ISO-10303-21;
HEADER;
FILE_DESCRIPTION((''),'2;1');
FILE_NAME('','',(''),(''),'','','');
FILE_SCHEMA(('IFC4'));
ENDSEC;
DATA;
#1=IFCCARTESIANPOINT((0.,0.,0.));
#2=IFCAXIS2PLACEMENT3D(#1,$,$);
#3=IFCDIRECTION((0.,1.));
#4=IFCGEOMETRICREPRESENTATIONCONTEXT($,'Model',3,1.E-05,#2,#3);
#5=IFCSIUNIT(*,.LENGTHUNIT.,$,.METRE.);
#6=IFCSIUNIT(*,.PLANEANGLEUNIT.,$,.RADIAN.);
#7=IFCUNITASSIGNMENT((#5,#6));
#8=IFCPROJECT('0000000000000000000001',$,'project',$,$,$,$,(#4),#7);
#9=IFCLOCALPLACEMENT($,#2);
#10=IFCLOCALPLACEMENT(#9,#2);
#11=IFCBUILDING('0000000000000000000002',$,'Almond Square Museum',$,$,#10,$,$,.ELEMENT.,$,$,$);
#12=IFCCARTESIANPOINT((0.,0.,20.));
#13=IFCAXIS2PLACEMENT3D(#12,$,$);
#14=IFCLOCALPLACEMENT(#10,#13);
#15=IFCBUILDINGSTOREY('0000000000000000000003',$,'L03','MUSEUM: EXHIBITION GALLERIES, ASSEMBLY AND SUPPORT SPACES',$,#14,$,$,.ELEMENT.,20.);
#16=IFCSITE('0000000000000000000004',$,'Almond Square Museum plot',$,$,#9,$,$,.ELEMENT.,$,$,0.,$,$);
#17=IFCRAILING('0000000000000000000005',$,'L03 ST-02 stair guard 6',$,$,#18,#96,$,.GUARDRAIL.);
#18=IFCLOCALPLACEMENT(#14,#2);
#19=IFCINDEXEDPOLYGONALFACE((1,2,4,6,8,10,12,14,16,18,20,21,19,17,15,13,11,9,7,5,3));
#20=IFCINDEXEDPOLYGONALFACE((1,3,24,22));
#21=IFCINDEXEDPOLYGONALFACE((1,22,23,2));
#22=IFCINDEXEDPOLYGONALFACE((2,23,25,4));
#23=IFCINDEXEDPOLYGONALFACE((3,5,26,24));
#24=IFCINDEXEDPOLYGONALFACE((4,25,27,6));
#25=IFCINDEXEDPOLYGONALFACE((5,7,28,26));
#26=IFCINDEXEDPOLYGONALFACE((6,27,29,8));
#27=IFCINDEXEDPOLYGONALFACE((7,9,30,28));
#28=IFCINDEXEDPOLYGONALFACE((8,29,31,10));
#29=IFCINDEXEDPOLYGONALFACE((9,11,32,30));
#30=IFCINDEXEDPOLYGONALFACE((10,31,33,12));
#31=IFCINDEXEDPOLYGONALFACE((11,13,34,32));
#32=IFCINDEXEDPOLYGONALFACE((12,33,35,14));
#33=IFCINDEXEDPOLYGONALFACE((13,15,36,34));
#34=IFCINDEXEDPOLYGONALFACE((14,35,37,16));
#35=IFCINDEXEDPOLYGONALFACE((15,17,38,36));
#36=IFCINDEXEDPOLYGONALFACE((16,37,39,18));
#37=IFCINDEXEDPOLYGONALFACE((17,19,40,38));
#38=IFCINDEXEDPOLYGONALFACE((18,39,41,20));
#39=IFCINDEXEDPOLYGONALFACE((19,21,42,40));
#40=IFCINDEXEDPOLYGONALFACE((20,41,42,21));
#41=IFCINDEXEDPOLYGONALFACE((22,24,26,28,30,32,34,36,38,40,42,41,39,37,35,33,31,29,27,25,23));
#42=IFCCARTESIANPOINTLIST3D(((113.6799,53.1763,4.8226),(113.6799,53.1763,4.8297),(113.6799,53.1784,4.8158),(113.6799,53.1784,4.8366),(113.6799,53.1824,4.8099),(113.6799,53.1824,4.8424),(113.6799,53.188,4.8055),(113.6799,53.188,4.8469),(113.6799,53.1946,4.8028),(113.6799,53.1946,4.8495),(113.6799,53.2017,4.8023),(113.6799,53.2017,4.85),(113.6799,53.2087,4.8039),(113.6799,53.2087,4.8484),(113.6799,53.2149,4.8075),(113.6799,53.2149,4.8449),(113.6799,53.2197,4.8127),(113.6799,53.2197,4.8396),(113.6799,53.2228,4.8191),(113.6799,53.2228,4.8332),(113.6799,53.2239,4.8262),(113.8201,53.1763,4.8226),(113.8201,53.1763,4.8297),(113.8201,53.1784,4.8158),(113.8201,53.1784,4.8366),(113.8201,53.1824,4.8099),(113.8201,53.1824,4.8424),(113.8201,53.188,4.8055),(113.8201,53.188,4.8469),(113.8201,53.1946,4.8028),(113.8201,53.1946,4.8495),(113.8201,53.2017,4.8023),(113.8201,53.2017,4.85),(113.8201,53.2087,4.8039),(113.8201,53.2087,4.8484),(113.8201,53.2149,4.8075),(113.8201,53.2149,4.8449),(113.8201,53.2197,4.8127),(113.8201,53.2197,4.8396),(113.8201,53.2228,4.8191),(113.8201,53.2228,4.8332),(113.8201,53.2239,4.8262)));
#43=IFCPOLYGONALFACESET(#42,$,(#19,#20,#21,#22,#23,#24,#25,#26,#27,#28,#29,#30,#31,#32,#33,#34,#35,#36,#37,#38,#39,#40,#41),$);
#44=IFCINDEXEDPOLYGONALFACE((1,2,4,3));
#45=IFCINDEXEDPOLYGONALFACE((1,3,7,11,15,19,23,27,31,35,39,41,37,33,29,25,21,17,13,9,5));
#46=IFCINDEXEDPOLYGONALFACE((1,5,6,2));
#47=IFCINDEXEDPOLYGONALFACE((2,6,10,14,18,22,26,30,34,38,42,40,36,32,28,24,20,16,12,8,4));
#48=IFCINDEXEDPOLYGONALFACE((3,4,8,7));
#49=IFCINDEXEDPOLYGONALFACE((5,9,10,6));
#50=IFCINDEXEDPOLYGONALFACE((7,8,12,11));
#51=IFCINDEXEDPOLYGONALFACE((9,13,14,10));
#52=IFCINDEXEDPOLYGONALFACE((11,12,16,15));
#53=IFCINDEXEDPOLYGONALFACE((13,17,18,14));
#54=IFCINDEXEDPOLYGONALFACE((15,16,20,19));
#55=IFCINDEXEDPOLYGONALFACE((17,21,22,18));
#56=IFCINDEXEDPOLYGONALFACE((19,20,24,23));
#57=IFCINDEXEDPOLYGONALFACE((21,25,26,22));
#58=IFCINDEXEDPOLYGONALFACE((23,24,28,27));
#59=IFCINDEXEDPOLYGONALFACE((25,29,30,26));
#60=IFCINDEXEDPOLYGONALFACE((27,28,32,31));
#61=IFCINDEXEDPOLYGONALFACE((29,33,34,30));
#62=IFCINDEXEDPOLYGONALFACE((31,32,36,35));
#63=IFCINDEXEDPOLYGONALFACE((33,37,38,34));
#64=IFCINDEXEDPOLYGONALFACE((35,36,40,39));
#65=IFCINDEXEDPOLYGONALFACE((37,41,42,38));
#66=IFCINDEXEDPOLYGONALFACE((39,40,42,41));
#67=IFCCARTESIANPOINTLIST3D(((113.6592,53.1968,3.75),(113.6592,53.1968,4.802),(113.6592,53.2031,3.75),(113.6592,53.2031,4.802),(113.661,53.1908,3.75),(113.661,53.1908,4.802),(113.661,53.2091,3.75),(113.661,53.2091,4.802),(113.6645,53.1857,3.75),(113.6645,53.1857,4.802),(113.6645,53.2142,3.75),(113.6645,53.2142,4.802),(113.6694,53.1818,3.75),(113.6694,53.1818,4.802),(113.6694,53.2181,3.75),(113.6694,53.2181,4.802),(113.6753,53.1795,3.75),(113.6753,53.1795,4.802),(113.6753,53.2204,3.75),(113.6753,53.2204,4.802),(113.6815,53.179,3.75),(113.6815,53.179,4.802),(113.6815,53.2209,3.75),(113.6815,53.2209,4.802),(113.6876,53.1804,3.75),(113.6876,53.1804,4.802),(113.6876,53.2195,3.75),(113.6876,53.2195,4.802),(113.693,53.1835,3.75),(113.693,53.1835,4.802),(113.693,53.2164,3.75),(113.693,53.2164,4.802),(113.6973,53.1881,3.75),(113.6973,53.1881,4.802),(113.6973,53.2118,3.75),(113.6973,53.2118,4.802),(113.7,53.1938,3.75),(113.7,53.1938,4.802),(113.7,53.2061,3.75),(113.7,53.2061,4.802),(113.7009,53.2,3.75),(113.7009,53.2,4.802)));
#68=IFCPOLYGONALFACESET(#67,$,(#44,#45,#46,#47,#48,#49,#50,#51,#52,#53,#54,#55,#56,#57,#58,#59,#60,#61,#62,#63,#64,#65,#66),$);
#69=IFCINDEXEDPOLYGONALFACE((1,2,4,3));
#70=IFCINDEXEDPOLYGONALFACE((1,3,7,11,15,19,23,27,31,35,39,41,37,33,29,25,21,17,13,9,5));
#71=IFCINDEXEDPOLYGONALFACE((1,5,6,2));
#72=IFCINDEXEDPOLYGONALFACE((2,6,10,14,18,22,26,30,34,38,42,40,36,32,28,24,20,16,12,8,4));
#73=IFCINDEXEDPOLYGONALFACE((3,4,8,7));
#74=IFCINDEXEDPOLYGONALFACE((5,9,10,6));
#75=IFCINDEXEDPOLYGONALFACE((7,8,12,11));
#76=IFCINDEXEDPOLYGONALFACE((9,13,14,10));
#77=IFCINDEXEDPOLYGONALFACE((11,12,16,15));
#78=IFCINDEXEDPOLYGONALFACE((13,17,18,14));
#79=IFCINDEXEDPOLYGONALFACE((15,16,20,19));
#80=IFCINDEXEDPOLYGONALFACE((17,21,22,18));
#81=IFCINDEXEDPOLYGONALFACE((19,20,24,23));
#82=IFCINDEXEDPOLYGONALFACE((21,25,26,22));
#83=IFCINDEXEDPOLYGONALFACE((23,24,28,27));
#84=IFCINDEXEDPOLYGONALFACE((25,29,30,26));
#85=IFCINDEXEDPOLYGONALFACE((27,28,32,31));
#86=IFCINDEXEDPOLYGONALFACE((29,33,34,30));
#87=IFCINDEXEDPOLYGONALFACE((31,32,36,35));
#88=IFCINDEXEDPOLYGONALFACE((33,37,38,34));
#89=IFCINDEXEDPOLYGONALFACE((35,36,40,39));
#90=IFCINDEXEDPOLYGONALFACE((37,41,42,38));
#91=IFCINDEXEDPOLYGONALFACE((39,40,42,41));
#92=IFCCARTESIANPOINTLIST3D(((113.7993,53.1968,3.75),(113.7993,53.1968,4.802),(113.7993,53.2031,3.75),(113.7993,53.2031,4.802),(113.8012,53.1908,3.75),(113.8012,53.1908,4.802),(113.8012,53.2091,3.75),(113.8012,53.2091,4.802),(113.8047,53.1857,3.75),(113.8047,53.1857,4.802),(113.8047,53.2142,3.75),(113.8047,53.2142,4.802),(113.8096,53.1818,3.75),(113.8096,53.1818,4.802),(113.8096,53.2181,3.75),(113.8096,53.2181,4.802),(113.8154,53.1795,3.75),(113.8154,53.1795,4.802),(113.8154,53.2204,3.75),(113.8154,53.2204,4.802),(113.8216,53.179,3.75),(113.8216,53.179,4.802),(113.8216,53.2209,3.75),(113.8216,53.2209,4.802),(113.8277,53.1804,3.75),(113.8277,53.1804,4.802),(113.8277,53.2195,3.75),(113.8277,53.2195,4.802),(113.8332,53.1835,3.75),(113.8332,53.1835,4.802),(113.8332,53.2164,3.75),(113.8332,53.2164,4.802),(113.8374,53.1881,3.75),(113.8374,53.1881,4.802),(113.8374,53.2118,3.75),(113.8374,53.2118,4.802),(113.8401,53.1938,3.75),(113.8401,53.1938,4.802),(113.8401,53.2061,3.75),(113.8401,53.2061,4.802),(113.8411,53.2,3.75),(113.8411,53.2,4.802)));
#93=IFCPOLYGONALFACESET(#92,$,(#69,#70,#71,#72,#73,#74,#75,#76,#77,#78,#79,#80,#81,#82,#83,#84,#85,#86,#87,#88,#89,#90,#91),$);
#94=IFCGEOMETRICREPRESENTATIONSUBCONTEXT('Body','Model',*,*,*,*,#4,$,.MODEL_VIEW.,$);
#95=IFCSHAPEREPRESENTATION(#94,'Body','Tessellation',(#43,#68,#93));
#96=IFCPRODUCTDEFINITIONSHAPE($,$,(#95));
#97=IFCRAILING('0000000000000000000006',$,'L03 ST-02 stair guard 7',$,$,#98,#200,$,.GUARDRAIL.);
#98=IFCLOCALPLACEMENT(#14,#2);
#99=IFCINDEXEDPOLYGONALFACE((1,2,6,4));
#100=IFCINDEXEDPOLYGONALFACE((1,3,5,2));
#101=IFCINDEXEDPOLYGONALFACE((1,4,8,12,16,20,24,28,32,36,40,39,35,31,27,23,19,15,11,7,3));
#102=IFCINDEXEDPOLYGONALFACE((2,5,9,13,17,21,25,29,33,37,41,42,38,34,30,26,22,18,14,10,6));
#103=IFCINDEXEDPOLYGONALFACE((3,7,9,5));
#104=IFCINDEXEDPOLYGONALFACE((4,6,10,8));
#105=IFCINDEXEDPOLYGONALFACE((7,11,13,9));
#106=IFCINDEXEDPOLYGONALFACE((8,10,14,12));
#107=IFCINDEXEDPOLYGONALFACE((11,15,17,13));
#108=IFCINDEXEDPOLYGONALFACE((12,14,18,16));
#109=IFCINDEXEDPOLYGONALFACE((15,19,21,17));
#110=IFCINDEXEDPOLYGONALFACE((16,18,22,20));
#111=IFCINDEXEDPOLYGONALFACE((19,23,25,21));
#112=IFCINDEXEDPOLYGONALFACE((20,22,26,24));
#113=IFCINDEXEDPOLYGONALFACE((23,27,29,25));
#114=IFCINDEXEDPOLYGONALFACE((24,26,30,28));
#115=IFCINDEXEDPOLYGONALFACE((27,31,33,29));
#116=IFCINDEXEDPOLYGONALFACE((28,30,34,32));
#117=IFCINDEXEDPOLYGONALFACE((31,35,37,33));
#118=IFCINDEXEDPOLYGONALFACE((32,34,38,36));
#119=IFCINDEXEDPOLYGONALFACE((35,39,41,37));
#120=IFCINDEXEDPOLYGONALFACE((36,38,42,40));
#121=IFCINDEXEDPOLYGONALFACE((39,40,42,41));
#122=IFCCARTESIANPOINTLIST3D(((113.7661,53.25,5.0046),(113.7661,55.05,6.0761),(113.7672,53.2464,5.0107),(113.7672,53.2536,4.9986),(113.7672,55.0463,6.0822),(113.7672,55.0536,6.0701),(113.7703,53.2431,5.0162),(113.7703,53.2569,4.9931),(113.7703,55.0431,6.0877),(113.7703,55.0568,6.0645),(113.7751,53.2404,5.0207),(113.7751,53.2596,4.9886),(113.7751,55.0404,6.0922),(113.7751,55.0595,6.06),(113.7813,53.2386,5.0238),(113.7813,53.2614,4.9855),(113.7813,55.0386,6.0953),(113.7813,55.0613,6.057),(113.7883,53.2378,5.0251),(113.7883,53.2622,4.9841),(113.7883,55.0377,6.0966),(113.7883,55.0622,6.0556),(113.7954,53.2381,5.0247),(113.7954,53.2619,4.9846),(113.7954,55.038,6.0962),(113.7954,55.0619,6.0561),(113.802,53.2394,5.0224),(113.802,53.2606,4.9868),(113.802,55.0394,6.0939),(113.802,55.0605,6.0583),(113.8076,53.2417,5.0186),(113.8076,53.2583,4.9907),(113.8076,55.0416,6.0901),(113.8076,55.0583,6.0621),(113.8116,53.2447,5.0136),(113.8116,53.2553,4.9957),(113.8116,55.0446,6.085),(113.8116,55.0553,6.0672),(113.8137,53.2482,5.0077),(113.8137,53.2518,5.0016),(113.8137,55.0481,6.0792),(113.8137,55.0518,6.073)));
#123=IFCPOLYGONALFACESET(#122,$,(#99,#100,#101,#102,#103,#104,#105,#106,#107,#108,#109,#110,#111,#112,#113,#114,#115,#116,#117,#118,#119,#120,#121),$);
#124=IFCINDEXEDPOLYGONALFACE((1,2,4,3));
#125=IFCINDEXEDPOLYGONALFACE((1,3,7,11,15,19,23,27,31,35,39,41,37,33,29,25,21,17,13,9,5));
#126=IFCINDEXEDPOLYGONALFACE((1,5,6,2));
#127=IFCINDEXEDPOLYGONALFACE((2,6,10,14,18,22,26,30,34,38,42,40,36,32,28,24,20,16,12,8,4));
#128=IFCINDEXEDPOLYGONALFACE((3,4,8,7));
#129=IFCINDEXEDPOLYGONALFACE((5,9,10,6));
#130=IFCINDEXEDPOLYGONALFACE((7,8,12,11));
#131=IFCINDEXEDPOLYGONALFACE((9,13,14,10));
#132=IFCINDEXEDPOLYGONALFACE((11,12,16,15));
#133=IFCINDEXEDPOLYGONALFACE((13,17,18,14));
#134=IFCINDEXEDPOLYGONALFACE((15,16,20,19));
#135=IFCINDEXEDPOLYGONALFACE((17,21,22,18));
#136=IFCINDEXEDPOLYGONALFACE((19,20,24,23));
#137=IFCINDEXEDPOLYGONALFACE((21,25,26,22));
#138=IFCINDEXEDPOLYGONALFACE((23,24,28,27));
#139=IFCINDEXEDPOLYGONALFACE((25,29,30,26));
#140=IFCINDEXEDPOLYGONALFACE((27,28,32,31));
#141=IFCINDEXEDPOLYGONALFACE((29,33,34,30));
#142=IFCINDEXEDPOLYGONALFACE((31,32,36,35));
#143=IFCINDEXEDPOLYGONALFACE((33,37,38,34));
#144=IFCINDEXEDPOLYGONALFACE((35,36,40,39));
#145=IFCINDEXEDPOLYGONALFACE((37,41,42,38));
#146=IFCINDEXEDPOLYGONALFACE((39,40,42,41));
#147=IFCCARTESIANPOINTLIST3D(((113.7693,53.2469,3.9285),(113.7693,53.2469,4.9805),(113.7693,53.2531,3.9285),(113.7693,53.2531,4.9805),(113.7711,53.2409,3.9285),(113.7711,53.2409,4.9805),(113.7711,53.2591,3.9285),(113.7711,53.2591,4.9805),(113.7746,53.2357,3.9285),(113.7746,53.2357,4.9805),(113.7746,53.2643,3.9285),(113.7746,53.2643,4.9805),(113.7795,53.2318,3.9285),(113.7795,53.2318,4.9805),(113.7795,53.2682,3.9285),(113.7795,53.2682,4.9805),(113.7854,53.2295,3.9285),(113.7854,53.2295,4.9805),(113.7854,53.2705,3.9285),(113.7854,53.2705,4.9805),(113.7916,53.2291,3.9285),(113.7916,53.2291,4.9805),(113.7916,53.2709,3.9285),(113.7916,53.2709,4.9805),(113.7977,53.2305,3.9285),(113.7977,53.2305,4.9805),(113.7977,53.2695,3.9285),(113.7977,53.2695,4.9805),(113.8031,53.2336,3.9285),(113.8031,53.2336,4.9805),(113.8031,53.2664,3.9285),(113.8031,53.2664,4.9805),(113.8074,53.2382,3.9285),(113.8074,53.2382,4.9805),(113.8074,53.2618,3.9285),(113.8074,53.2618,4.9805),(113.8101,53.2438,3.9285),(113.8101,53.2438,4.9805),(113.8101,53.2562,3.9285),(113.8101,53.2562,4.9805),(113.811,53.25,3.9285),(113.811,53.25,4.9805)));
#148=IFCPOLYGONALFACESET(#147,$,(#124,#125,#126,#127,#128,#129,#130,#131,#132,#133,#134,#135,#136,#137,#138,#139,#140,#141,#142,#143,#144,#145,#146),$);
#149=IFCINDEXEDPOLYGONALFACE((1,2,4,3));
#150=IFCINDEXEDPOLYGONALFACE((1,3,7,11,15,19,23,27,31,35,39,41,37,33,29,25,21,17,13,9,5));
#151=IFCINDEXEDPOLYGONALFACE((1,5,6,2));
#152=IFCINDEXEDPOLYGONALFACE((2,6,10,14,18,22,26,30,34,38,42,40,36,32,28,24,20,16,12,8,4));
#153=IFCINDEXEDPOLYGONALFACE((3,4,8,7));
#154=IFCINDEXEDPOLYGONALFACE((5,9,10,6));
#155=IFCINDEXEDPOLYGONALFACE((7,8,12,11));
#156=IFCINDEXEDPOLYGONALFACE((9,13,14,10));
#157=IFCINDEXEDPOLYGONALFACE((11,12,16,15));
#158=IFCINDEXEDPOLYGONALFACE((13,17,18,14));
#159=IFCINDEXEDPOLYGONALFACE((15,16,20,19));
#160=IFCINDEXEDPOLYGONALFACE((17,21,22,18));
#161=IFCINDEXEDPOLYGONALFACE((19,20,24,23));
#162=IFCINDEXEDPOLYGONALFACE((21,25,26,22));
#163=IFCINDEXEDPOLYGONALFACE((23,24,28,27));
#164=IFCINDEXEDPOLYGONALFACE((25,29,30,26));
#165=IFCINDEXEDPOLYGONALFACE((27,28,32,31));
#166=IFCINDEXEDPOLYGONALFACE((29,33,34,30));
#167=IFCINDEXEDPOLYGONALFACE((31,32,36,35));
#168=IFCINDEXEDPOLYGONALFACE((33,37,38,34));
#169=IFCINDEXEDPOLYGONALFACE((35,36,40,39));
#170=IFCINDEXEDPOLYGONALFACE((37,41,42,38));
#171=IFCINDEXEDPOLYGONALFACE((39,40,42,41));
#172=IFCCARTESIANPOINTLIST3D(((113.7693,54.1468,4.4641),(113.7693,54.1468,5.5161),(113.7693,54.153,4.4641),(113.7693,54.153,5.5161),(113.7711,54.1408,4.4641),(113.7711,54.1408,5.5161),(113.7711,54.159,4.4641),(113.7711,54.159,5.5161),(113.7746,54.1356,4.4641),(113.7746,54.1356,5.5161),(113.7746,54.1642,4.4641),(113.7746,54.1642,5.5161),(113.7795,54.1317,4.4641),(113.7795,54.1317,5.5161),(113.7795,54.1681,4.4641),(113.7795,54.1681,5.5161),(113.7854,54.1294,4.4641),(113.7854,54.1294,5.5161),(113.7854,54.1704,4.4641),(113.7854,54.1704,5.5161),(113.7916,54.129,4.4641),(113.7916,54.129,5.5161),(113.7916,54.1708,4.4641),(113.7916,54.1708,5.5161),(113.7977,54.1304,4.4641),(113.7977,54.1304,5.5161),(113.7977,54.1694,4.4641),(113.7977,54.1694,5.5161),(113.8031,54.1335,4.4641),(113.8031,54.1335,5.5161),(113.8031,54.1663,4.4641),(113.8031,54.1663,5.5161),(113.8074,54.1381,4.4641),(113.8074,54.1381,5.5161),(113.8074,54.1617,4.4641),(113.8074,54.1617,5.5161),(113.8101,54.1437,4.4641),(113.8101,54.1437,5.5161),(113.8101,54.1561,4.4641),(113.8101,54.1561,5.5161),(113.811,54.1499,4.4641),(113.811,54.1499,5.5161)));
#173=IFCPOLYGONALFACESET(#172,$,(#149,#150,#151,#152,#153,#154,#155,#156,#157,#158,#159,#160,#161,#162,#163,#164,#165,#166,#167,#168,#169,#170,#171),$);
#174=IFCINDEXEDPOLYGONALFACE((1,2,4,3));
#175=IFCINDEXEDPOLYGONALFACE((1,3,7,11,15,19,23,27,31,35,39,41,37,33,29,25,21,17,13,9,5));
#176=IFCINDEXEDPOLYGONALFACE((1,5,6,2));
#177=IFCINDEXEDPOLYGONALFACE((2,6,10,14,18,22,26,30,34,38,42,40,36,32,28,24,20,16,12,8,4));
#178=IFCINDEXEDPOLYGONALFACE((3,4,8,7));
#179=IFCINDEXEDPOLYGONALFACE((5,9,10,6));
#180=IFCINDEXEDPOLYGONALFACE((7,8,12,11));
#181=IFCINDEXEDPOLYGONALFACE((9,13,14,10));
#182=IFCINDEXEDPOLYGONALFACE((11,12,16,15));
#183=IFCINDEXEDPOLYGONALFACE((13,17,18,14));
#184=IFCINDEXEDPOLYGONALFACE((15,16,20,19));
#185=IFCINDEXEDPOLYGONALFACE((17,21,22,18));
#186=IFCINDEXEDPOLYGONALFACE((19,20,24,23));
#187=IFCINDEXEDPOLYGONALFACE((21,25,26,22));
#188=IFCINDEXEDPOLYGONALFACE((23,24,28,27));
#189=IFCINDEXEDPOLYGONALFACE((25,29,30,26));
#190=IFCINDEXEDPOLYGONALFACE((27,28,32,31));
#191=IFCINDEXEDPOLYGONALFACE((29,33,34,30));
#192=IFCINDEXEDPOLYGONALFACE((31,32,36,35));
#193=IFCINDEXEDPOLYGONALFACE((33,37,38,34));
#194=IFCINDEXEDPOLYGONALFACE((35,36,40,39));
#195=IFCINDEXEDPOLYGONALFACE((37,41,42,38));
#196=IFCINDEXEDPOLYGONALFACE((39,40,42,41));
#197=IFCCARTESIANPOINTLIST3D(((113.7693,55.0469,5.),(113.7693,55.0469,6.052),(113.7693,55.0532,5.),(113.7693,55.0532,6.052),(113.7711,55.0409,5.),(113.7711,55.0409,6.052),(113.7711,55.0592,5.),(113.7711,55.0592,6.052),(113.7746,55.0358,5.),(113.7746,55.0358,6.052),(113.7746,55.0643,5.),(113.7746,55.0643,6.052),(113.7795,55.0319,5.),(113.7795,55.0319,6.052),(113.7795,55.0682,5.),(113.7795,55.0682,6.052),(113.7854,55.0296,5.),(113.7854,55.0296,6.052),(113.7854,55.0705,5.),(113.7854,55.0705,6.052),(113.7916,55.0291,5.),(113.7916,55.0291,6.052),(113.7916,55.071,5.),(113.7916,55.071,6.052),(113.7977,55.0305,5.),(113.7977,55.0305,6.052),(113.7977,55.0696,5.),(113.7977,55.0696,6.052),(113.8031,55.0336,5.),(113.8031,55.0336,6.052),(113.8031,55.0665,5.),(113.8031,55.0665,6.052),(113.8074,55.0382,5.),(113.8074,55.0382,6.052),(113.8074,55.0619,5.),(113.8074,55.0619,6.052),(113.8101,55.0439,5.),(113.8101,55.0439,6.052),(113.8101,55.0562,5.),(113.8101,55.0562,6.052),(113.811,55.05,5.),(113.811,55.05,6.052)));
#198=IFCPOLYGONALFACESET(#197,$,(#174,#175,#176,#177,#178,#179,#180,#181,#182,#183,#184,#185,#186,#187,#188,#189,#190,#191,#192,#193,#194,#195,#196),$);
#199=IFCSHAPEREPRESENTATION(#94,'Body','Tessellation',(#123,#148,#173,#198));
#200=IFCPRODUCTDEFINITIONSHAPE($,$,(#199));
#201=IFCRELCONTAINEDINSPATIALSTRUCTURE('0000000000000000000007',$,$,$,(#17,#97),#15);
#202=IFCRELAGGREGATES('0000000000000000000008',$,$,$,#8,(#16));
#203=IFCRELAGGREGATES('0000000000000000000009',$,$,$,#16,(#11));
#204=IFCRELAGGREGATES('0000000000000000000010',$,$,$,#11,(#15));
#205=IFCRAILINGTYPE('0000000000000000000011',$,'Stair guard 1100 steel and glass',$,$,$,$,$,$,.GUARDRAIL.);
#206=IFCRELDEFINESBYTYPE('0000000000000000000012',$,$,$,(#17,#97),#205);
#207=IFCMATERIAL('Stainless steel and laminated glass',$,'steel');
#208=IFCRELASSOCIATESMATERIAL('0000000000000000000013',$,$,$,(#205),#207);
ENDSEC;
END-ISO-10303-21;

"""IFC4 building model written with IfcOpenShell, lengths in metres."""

from ifc_helpers import new_model, si_unit, direction, frame, origin, origin_2d, place, context, subcontext, project, spatial, circle, extrude, material, type_object, element, save


model = new_model("IFC4")

# Units and contexts
model_context = context("Model", 3, precision=1e-05, world=origin(), true_north=direction((0.0, 1.0)))
body_context = subcontext(model_context, "Body", "Model", "MODEL_VIEW")
ifc_project = project(units=[si_unit("LENGTHUNIT", "METRE"), si_unit("PLANEANGLEUNIT", "RADIAN")], contexts=[model_context])

# Site, building, storey
site_placement = place(None, origin())
site = spatial("IfcSite", under=ifc_project, at=site_placement, Name="Almond Square Museum plot", CompositionType="ELEMENT", RefElevation=0.0)
building_placement = place(site_placement, origin())
building = spatial("IfcBuilding", under=site, at=building_placement, Name="Almond Square Museum", CompositionType="ELEMENT")
storey_placement = place(building_placement, frame((0.0, 0.0, 20.0)))
storey = spatial("IfcBuildingStorey", under=building, at=storey_placement, Name="L03", Description="MUSEUM: EXHIBITION GALLERIES, ASSEMBLY AND SUPPORT SPACES", CompositionType="ELEMENT", Elevation=20.0)

# Railings
ifc_material_1 = material(Name="Stainless steel and laminated glass", Category="steel")
railing_type_1 = type_object("IfcRailingType", Name="Stair guard 1100 steel and glass", PredefinedType="GUARDRAIL", material=ifc_material_1)
railing_1_placement = place(storey_placement, frame((113.6799, 53.2, 3.75)))
element("IfcRailing", 1, at=railing_1_placement, inside=storey, type_object=railing_type_1, Name="L03 ST-02 stair guard 6", PredefinedType="GUARDRAIL", context=body_context, shape_type="SweptSolid", body=[
    extrude(circle(Radius=0.0239, at=origin_2d()), frame((0.0, 0.0, 1.0762), z_axis=(1.0, 0.0, 0.0), x_axis=(0.0, 1.0, 0.0)), (0.0, 0.0, 1.0), 0.1401),
    extrude(circle(Radius=0.021, at=origin_2d()), origin(), (0.0, 0.0, 1.0), 1.052),
    extrude(circle(Radius=0.021, at=origin_2d()), frame((0.1401, 0.0, 0.0)), (0.0, 0.0, 1.0), 1.052),
])
railing_2_placement = place(storey_placement, frame((113.79, 53.25, 3.9285)))
element("IfcRailing", 2, at=railing_2_placement, inside=storey, type_object=railing_type_1, Name="L03 ST-02 stair guard 7", PredefinedType="GUARDRAIL", context=body_context, shape_type="SweptSolid", body=[
    extrude(circle(Radius=0.0239, at=origin_2d()), frame((0.0, 0.0, 1.0762), z_axis=(0.0, 0.859277, 0.51151), x_axis=(-1.0, 0.0, 0.0)), (0.0, 0.0, 1.0), 2.0947),
    extrude(circle(Radius=0.021, at=origin_2d()), origin(), (0.0, 0.0, 1.0), 1.052),
    extrude(circle(Radius=0.021, at=origin_2d()), frame((0.0, 0.8999, 0.5356)), (0.0, 0.0, 1.0), 1.052),
    extrude(circle(Radius=0.021, at=origin_2d()), frame((0.0, 1.8, 1.0715)), (0.0, 0.0, 1.0), 1.052),
])

save(model, "model.ifc")
